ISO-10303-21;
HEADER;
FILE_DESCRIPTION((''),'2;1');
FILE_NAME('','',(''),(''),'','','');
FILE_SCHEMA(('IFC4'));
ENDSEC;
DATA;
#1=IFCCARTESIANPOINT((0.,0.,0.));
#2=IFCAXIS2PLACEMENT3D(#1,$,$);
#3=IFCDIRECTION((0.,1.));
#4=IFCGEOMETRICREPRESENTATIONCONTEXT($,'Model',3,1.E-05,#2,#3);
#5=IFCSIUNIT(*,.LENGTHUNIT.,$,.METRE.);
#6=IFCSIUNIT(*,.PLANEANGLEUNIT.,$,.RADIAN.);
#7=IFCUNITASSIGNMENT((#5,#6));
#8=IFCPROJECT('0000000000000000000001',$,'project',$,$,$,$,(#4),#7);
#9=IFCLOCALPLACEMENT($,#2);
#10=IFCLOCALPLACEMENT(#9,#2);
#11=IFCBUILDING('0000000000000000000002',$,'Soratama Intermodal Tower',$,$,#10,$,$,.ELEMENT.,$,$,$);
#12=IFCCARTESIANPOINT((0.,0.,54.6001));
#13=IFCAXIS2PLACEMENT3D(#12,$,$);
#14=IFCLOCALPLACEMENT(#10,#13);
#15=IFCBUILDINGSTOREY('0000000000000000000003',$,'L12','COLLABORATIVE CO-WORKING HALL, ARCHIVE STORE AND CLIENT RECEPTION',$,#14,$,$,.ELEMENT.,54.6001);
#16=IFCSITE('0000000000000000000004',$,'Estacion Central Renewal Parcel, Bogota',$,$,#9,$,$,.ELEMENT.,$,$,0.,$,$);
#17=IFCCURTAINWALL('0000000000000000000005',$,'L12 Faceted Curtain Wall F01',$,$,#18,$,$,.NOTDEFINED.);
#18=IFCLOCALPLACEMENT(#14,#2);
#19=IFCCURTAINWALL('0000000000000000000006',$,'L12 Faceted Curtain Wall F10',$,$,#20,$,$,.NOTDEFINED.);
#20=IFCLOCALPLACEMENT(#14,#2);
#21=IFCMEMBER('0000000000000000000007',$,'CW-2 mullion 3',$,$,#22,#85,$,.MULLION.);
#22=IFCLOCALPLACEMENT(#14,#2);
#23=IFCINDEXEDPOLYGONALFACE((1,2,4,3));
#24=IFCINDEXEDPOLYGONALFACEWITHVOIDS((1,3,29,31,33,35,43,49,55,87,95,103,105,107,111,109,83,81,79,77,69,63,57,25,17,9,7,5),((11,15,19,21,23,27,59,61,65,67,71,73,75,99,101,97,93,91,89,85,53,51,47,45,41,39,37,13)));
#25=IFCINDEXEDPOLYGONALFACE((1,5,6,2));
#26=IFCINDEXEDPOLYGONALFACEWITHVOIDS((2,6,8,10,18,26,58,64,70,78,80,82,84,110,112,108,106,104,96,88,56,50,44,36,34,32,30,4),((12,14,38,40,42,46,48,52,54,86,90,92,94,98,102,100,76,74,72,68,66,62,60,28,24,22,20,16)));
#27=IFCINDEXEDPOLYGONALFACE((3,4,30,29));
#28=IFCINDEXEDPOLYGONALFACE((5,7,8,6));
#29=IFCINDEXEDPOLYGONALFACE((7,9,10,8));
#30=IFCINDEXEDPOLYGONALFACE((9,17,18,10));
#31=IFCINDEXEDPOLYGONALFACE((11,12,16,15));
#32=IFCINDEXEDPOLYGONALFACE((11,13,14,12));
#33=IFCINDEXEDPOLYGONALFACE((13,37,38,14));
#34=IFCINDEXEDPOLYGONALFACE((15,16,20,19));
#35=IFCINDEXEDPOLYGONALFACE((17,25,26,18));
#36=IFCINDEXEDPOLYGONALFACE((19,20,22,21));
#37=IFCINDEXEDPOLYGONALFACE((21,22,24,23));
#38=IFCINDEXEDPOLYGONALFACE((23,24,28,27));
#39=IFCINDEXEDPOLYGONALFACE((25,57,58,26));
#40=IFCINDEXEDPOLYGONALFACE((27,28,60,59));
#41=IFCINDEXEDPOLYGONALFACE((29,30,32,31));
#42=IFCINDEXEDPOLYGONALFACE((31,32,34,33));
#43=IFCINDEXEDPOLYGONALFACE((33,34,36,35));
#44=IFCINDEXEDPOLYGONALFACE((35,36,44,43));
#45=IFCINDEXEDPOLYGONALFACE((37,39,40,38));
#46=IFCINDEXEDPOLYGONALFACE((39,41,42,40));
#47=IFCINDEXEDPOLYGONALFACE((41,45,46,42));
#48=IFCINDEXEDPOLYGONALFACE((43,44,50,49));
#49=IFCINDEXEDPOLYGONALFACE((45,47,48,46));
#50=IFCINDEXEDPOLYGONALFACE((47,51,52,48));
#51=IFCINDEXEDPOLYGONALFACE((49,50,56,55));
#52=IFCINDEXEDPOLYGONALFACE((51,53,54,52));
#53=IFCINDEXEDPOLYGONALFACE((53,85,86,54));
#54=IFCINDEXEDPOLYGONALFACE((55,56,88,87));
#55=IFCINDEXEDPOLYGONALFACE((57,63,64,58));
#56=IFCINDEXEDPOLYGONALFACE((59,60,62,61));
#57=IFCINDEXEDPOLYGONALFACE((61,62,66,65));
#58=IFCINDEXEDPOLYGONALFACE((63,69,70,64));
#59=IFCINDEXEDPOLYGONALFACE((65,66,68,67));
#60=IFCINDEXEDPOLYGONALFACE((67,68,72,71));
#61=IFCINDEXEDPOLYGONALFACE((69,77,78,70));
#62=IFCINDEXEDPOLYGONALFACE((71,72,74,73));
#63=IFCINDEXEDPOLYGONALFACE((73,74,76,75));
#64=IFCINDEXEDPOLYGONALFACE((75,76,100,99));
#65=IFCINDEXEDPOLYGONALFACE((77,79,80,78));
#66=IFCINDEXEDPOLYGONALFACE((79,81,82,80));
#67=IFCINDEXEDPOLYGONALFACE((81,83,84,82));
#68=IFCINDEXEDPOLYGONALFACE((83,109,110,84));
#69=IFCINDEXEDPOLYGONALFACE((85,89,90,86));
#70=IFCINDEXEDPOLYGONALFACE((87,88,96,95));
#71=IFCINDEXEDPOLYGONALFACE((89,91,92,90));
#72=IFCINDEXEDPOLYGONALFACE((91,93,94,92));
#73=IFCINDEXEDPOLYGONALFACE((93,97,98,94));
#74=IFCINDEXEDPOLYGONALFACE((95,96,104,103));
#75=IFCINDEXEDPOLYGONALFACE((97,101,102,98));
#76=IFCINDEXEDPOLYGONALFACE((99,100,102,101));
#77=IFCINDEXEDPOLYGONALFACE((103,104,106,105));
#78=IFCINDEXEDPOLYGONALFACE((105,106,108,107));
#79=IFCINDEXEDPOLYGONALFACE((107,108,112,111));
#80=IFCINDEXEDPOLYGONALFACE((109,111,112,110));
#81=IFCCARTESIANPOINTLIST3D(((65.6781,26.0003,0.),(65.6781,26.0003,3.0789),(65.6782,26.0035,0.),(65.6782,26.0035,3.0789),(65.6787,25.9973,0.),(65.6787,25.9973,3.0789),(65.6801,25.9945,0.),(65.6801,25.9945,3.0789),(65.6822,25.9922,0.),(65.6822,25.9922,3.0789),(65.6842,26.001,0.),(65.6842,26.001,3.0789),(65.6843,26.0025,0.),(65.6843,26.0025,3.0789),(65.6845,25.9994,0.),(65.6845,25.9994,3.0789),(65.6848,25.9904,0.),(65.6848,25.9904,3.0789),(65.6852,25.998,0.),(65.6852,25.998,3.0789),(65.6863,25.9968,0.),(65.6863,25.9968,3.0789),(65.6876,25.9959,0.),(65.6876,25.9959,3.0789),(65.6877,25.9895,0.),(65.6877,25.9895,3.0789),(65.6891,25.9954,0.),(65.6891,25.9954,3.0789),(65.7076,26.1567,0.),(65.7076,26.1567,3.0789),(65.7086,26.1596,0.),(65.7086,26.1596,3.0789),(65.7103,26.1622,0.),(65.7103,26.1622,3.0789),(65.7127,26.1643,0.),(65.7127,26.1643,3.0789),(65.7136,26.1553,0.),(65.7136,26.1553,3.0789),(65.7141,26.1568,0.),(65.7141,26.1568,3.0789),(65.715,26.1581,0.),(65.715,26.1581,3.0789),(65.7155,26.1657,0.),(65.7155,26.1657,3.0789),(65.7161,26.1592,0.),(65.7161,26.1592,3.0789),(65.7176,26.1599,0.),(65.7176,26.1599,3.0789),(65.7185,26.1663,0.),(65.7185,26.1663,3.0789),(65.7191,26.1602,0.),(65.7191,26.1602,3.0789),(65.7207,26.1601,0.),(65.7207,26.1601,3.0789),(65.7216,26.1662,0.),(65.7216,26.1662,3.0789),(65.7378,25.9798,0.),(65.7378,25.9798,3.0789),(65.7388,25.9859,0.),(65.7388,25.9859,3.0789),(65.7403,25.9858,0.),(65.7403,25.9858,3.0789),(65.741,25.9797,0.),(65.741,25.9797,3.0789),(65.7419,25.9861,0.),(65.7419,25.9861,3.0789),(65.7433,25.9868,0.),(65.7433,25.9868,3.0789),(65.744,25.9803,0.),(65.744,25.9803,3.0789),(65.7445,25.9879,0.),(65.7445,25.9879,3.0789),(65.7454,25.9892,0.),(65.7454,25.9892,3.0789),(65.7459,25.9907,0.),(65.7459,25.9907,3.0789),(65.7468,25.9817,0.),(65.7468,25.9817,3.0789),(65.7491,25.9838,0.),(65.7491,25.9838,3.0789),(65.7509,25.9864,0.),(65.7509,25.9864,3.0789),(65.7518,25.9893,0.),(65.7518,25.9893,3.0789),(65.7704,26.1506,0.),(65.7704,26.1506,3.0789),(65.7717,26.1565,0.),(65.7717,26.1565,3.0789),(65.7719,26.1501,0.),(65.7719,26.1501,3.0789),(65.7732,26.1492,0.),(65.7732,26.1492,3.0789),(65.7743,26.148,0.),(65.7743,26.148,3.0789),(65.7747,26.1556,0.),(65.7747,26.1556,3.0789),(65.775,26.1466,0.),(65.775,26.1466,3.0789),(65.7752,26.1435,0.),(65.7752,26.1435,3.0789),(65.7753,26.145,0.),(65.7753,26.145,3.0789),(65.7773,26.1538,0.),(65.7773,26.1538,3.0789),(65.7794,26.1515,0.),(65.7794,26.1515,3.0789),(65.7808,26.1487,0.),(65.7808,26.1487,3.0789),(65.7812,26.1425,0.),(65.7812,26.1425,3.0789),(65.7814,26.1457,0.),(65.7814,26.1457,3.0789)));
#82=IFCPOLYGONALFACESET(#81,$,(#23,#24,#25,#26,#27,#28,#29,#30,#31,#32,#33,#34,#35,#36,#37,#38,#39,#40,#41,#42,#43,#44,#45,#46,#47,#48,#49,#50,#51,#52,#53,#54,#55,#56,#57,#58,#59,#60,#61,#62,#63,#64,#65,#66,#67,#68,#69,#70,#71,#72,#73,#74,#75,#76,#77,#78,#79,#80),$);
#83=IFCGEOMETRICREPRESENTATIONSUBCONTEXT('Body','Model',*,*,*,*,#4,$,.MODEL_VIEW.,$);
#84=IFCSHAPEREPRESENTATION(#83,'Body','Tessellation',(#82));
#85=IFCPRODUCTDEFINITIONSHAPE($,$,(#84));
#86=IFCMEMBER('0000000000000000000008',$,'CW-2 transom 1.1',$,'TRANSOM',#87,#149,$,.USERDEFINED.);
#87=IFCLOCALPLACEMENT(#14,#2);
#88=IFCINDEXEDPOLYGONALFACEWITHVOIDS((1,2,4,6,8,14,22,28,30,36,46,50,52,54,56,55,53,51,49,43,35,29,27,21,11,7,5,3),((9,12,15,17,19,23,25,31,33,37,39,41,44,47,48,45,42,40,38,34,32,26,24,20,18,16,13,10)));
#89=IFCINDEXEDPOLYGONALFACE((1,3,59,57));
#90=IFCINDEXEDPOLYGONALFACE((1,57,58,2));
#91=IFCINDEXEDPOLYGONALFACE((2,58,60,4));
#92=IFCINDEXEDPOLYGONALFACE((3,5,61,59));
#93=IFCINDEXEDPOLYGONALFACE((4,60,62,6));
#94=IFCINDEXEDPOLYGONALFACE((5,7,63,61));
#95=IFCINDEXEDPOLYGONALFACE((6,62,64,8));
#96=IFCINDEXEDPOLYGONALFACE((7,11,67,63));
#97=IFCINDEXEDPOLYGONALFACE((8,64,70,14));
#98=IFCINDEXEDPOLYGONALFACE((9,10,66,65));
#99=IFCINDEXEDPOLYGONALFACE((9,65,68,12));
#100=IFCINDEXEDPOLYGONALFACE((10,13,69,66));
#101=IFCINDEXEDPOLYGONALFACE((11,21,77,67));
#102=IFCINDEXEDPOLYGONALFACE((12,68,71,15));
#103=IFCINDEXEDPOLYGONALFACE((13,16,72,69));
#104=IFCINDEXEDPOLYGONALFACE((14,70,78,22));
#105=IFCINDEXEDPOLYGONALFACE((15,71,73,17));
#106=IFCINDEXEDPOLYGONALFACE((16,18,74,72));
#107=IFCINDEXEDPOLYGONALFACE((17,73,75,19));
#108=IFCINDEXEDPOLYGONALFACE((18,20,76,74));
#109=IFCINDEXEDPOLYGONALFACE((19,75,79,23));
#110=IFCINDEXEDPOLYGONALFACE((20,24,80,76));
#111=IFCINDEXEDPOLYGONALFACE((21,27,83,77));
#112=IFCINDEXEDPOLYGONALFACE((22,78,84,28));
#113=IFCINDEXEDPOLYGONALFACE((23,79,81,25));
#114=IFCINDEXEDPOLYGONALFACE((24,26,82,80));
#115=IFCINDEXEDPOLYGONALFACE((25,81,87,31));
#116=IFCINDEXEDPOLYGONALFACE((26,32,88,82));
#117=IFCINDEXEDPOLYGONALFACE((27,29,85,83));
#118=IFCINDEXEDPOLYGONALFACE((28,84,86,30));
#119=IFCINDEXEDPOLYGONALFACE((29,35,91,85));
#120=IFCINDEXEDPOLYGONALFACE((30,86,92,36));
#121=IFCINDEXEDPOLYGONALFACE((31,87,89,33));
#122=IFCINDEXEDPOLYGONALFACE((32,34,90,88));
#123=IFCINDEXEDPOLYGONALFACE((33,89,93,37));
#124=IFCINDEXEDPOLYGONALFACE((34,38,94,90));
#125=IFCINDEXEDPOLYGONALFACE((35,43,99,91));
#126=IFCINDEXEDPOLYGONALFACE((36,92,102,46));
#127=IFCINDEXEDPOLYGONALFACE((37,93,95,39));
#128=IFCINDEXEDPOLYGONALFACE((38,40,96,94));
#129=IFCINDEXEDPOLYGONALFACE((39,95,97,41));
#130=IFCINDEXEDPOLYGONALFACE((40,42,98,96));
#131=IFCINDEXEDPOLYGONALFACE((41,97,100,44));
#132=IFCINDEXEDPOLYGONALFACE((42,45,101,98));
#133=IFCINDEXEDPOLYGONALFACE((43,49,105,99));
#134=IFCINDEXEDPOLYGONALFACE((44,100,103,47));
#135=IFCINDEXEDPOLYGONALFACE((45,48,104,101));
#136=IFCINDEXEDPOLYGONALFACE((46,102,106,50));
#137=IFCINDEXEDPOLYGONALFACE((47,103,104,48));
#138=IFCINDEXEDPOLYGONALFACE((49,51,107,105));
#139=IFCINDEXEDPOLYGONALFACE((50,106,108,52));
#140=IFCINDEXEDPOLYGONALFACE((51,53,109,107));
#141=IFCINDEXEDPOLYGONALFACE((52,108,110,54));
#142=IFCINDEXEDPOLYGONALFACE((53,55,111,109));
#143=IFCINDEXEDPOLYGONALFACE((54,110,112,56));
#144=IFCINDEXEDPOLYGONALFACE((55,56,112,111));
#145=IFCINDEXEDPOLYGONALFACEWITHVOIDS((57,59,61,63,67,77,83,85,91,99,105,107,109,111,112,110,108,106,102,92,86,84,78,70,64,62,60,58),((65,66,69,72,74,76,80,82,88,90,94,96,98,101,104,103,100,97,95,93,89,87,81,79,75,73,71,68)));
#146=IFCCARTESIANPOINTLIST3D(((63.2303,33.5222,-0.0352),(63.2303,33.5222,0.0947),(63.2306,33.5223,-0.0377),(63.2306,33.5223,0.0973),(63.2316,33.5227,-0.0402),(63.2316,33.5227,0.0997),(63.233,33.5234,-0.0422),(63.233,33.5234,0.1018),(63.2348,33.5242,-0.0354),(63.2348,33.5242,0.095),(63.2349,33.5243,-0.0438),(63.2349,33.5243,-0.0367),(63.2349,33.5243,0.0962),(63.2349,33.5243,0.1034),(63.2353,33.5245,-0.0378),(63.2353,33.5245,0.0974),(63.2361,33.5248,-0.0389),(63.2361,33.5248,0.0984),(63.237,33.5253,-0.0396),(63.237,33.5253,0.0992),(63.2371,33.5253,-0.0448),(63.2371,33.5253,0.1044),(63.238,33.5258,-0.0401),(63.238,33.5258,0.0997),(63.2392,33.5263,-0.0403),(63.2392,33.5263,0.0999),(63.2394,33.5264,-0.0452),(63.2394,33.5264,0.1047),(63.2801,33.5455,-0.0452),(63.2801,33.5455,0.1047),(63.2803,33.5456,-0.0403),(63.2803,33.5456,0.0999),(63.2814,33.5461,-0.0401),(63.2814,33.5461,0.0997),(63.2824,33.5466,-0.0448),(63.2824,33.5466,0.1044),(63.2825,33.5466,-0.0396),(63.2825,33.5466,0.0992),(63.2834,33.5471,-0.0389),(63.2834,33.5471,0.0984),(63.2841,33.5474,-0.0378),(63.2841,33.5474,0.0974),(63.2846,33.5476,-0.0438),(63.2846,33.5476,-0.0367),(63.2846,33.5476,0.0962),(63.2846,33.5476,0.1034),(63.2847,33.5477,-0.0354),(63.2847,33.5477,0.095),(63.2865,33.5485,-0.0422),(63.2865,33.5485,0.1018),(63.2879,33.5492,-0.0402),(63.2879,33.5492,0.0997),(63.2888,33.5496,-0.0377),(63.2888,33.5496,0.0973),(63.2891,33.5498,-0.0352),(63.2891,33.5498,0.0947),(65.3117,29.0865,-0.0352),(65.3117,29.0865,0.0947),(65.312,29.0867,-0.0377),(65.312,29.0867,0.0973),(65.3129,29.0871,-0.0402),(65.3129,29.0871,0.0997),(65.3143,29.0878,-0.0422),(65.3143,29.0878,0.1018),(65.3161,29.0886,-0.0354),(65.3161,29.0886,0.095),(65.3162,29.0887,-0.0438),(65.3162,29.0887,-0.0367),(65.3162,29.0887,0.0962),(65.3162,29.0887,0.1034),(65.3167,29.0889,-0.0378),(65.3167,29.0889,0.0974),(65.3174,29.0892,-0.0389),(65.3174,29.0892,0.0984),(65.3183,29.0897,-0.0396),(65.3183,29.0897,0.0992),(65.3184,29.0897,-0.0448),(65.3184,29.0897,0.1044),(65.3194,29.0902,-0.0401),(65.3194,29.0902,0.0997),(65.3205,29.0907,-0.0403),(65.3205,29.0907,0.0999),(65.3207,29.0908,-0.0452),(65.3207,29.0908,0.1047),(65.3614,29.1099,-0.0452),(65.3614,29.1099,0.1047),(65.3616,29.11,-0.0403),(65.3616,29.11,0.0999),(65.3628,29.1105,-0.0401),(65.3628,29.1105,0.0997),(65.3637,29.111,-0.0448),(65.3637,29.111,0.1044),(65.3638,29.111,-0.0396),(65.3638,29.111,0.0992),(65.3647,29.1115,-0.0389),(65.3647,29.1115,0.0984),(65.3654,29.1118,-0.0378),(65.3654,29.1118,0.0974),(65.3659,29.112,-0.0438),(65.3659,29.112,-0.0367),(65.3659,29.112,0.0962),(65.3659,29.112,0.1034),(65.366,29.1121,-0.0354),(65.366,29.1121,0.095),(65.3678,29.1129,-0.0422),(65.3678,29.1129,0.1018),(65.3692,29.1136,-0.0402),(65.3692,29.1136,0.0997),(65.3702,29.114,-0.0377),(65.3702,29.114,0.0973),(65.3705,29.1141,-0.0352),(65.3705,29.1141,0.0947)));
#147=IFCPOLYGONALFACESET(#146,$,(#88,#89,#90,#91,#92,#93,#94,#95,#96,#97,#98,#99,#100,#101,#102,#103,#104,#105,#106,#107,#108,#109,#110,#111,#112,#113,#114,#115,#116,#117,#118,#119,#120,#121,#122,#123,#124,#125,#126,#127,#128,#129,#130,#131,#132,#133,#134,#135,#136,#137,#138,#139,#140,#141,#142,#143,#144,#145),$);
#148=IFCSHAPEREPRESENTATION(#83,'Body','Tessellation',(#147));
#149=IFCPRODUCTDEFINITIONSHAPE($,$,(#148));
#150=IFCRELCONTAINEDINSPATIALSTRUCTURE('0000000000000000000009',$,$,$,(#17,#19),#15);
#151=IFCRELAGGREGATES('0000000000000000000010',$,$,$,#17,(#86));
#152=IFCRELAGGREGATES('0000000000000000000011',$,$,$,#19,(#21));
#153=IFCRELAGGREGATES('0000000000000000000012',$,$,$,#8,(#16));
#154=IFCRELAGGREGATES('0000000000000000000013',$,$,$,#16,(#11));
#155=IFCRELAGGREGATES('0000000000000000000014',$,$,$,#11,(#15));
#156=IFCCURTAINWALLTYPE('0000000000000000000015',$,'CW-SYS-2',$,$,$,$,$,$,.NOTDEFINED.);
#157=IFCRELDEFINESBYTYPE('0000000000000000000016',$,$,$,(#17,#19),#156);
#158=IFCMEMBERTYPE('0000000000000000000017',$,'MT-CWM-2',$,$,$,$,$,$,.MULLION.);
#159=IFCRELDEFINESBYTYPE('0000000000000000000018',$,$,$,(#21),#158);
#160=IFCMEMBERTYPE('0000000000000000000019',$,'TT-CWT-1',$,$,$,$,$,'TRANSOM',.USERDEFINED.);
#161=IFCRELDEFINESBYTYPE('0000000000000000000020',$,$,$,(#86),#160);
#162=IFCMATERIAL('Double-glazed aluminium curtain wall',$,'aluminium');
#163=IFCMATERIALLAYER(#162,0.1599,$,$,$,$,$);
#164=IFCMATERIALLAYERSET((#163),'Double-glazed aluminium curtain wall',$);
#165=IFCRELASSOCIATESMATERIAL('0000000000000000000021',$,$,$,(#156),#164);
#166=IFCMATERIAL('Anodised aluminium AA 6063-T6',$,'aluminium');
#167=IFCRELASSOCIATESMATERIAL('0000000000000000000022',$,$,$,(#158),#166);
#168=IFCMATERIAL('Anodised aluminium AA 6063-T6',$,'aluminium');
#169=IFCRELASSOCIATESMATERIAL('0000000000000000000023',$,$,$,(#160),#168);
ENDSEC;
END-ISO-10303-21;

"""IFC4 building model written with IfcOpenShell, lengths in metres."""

from ifc_helpers import new_model, si_unit, direction, frame, origin, origin_2d, place, context, subcontext, project, spatial, hollow_rectangle, extrude, material, layer, layer_set, material_profile, profile_set, type_object, element, aggregate, save


model = new_model("IFC4")

# Units and contexts
model_context = context("Model", 3, precision=1e-05, world=origin(), true_north=direction((0.0, 1.0)))
body_context = subcontext(model_context, "Body", "Model", "MODEL_VIEW")
ifc_project = project(units=[si_unit("LENGTHUNIT", "METRE"), si_unit("PLANEANGLEUNIT", "RADIAN")], contexts=[model_context])

# Site, building, storey
site_placement = place(None, origin())
site = spatial("IfcSite", under=ifc_project, at=site_placement, Name="Estacion Central Renewal Parcel, Bogota", CompositionType="ELEMENT", RefElevation=0.0)
building_placement = place(site_placement, origin())
building = spatial("IfcBuilding", under=site, at=building_placement, Name="Soratama Intermodal Tower", CompositionType="ELEMENT")
storey_placement = place(building_placement, frame((0.0, 0.0, 54.6001)))
storey = spatial("IfcBuildingStorey", under=building, at=storey_placement, Name="L12", Description="COLLABORATIVE CO-WORKING HALL, ARCHIVE STORE AND CLIENT RECEPTION", CompositionType="ELEMENT", Elevation=54.6001)

# Curtain wall
ifc_material_1 = material(Name="Double-glazed aluminium curtain wall", Category="aluminium")
ifc_layer_1 = layer(ifc_material_1, 0.1599)
ifc_layer_set_1 = layer_set([ifc_layer_1], Name="Double-glazed aluminium curtain wall")
curtain_wall_type = type_object("IfcCurtainWallType", Name="CW-SYS-2", PredefinedType="NOTDEFINED", material=ifc_layer_set_1)
curtain_wall_1_placement = place(storey_placement, origin())
curtain_wall_1 = element("IfcCurtainWall", 1, at=curtain_wall_1_placement, inside=storey, type_object=curtain_wall_type, Name="L12 Faceted Curtain Wall F01", PredefinedType="NOTDEFINED")
ifc_material_2 = material(Name="Anodised aluminium AA 6063-T6", Category="aluminium")
ifc_material_profile_1 = material_profile(ifc_material_2, hollow_rectangle(XDim=0.075, YDim=0.1799, WallThickness=0.0061, InnerFilletRadius=0.0061, OuterFilletRadius=0.012, at=origin_2d()), Name="CWM180X75X6")
ifc_profile_set_1 = profile_set([ifc_material_profile_1], Name="Anodised aluminium AA 6063-T6")
member_type_1 = type_object("IfcMemberType", Name="MT-CWM-2", PredefinedType="MULLION", material=ifc_profile_set_1)

# Curtain wall, member
curtain_wall_2_placement = place(storey_placement, origin())
curtain_wall_2 = element("IfcCurtainWall", 2, at=curtain_wall_2_placement, inside=storey, type_object=curtain_wall_type, Name="L12 Faceted Curtain Wall F10", PredefinedType="NOTDEFINED")
member_1_placement = place(storey_placement, frame((65.7297, 26.073, 0.0), z_axis=(0.0, 0.0, 1.0), x_axis=(-0.982091, 0.188405, 0.0)))
member_1 = element("IfcMember", 3, at=member_1_placement, type_object=member_type_1, Name="CW-2 mullion 3", PredefinedType="MULLION", context=body_context, shape_type="SweptSolid", body=[
    extrude(hollow_rectangle(XDim=0.075, YDim=0.1799, WallThickness=0.0061, InnerFilletRadius=0.0061, OuterFilletRadius=0.012, at=origin_2d()), origin(), (0.0, 0.0, 1.0), 3.0789),
])

# Member
ifc_material_3 = material(Name="Anodised aluminium AA 6063-T6", Category="aluminium")
ifc_material_profile_2 = material_profile(ifc_material_3, hollow_rectangle(XDim=0.0649, YDim=0.1499, WallThickness=0.0049, InnerFilletRadius=0.0049, OuterFilletRadius=0.01, at=origin_2d()), Name="CWT150X65X5")
ifc_profile_set_2 = profile_set([ifc_material_profile_2], Name="Anodised aluminium AA 6063-T6")
member_type_2 = type_object("IfcMemberType", Name="TT-CWT-1", ElementType="TRANSOM", PredefinedType="USERDEFINED", material=ifc_profile_set_2)
member_2_placement = place(storey_placement, frame((65.3411, 29.1003, 0.0298), z_axis=(-0.424791, 0.905291, 0.0), x_axis=(-0.905291, -0.424791, 0.0)))
member_2 = element("IfcMember", 4, at=member_2_placement, type_object=member_type_2, Name="CW-2 transom 1.1", ObjectType="TRANSOM", PredefinedType="USERDEFINED", context=body_context, shape_type="SweptSolid", body=[
    extrude(hollow_rectangle(XDim=0.0649, YDim=0.1499, WallThickness=0.0049, InnerFilletRadius=0.0049, OuterFilletRadius=0.01, at=origin_2d()), origin(), (0.0, 0.0, 1.0), 4.8997),
])

aggregate(curtain_wall_1, [member_2])
aggregate(curtain_wall_2, [member_1])

save(model, "model.ifc")
